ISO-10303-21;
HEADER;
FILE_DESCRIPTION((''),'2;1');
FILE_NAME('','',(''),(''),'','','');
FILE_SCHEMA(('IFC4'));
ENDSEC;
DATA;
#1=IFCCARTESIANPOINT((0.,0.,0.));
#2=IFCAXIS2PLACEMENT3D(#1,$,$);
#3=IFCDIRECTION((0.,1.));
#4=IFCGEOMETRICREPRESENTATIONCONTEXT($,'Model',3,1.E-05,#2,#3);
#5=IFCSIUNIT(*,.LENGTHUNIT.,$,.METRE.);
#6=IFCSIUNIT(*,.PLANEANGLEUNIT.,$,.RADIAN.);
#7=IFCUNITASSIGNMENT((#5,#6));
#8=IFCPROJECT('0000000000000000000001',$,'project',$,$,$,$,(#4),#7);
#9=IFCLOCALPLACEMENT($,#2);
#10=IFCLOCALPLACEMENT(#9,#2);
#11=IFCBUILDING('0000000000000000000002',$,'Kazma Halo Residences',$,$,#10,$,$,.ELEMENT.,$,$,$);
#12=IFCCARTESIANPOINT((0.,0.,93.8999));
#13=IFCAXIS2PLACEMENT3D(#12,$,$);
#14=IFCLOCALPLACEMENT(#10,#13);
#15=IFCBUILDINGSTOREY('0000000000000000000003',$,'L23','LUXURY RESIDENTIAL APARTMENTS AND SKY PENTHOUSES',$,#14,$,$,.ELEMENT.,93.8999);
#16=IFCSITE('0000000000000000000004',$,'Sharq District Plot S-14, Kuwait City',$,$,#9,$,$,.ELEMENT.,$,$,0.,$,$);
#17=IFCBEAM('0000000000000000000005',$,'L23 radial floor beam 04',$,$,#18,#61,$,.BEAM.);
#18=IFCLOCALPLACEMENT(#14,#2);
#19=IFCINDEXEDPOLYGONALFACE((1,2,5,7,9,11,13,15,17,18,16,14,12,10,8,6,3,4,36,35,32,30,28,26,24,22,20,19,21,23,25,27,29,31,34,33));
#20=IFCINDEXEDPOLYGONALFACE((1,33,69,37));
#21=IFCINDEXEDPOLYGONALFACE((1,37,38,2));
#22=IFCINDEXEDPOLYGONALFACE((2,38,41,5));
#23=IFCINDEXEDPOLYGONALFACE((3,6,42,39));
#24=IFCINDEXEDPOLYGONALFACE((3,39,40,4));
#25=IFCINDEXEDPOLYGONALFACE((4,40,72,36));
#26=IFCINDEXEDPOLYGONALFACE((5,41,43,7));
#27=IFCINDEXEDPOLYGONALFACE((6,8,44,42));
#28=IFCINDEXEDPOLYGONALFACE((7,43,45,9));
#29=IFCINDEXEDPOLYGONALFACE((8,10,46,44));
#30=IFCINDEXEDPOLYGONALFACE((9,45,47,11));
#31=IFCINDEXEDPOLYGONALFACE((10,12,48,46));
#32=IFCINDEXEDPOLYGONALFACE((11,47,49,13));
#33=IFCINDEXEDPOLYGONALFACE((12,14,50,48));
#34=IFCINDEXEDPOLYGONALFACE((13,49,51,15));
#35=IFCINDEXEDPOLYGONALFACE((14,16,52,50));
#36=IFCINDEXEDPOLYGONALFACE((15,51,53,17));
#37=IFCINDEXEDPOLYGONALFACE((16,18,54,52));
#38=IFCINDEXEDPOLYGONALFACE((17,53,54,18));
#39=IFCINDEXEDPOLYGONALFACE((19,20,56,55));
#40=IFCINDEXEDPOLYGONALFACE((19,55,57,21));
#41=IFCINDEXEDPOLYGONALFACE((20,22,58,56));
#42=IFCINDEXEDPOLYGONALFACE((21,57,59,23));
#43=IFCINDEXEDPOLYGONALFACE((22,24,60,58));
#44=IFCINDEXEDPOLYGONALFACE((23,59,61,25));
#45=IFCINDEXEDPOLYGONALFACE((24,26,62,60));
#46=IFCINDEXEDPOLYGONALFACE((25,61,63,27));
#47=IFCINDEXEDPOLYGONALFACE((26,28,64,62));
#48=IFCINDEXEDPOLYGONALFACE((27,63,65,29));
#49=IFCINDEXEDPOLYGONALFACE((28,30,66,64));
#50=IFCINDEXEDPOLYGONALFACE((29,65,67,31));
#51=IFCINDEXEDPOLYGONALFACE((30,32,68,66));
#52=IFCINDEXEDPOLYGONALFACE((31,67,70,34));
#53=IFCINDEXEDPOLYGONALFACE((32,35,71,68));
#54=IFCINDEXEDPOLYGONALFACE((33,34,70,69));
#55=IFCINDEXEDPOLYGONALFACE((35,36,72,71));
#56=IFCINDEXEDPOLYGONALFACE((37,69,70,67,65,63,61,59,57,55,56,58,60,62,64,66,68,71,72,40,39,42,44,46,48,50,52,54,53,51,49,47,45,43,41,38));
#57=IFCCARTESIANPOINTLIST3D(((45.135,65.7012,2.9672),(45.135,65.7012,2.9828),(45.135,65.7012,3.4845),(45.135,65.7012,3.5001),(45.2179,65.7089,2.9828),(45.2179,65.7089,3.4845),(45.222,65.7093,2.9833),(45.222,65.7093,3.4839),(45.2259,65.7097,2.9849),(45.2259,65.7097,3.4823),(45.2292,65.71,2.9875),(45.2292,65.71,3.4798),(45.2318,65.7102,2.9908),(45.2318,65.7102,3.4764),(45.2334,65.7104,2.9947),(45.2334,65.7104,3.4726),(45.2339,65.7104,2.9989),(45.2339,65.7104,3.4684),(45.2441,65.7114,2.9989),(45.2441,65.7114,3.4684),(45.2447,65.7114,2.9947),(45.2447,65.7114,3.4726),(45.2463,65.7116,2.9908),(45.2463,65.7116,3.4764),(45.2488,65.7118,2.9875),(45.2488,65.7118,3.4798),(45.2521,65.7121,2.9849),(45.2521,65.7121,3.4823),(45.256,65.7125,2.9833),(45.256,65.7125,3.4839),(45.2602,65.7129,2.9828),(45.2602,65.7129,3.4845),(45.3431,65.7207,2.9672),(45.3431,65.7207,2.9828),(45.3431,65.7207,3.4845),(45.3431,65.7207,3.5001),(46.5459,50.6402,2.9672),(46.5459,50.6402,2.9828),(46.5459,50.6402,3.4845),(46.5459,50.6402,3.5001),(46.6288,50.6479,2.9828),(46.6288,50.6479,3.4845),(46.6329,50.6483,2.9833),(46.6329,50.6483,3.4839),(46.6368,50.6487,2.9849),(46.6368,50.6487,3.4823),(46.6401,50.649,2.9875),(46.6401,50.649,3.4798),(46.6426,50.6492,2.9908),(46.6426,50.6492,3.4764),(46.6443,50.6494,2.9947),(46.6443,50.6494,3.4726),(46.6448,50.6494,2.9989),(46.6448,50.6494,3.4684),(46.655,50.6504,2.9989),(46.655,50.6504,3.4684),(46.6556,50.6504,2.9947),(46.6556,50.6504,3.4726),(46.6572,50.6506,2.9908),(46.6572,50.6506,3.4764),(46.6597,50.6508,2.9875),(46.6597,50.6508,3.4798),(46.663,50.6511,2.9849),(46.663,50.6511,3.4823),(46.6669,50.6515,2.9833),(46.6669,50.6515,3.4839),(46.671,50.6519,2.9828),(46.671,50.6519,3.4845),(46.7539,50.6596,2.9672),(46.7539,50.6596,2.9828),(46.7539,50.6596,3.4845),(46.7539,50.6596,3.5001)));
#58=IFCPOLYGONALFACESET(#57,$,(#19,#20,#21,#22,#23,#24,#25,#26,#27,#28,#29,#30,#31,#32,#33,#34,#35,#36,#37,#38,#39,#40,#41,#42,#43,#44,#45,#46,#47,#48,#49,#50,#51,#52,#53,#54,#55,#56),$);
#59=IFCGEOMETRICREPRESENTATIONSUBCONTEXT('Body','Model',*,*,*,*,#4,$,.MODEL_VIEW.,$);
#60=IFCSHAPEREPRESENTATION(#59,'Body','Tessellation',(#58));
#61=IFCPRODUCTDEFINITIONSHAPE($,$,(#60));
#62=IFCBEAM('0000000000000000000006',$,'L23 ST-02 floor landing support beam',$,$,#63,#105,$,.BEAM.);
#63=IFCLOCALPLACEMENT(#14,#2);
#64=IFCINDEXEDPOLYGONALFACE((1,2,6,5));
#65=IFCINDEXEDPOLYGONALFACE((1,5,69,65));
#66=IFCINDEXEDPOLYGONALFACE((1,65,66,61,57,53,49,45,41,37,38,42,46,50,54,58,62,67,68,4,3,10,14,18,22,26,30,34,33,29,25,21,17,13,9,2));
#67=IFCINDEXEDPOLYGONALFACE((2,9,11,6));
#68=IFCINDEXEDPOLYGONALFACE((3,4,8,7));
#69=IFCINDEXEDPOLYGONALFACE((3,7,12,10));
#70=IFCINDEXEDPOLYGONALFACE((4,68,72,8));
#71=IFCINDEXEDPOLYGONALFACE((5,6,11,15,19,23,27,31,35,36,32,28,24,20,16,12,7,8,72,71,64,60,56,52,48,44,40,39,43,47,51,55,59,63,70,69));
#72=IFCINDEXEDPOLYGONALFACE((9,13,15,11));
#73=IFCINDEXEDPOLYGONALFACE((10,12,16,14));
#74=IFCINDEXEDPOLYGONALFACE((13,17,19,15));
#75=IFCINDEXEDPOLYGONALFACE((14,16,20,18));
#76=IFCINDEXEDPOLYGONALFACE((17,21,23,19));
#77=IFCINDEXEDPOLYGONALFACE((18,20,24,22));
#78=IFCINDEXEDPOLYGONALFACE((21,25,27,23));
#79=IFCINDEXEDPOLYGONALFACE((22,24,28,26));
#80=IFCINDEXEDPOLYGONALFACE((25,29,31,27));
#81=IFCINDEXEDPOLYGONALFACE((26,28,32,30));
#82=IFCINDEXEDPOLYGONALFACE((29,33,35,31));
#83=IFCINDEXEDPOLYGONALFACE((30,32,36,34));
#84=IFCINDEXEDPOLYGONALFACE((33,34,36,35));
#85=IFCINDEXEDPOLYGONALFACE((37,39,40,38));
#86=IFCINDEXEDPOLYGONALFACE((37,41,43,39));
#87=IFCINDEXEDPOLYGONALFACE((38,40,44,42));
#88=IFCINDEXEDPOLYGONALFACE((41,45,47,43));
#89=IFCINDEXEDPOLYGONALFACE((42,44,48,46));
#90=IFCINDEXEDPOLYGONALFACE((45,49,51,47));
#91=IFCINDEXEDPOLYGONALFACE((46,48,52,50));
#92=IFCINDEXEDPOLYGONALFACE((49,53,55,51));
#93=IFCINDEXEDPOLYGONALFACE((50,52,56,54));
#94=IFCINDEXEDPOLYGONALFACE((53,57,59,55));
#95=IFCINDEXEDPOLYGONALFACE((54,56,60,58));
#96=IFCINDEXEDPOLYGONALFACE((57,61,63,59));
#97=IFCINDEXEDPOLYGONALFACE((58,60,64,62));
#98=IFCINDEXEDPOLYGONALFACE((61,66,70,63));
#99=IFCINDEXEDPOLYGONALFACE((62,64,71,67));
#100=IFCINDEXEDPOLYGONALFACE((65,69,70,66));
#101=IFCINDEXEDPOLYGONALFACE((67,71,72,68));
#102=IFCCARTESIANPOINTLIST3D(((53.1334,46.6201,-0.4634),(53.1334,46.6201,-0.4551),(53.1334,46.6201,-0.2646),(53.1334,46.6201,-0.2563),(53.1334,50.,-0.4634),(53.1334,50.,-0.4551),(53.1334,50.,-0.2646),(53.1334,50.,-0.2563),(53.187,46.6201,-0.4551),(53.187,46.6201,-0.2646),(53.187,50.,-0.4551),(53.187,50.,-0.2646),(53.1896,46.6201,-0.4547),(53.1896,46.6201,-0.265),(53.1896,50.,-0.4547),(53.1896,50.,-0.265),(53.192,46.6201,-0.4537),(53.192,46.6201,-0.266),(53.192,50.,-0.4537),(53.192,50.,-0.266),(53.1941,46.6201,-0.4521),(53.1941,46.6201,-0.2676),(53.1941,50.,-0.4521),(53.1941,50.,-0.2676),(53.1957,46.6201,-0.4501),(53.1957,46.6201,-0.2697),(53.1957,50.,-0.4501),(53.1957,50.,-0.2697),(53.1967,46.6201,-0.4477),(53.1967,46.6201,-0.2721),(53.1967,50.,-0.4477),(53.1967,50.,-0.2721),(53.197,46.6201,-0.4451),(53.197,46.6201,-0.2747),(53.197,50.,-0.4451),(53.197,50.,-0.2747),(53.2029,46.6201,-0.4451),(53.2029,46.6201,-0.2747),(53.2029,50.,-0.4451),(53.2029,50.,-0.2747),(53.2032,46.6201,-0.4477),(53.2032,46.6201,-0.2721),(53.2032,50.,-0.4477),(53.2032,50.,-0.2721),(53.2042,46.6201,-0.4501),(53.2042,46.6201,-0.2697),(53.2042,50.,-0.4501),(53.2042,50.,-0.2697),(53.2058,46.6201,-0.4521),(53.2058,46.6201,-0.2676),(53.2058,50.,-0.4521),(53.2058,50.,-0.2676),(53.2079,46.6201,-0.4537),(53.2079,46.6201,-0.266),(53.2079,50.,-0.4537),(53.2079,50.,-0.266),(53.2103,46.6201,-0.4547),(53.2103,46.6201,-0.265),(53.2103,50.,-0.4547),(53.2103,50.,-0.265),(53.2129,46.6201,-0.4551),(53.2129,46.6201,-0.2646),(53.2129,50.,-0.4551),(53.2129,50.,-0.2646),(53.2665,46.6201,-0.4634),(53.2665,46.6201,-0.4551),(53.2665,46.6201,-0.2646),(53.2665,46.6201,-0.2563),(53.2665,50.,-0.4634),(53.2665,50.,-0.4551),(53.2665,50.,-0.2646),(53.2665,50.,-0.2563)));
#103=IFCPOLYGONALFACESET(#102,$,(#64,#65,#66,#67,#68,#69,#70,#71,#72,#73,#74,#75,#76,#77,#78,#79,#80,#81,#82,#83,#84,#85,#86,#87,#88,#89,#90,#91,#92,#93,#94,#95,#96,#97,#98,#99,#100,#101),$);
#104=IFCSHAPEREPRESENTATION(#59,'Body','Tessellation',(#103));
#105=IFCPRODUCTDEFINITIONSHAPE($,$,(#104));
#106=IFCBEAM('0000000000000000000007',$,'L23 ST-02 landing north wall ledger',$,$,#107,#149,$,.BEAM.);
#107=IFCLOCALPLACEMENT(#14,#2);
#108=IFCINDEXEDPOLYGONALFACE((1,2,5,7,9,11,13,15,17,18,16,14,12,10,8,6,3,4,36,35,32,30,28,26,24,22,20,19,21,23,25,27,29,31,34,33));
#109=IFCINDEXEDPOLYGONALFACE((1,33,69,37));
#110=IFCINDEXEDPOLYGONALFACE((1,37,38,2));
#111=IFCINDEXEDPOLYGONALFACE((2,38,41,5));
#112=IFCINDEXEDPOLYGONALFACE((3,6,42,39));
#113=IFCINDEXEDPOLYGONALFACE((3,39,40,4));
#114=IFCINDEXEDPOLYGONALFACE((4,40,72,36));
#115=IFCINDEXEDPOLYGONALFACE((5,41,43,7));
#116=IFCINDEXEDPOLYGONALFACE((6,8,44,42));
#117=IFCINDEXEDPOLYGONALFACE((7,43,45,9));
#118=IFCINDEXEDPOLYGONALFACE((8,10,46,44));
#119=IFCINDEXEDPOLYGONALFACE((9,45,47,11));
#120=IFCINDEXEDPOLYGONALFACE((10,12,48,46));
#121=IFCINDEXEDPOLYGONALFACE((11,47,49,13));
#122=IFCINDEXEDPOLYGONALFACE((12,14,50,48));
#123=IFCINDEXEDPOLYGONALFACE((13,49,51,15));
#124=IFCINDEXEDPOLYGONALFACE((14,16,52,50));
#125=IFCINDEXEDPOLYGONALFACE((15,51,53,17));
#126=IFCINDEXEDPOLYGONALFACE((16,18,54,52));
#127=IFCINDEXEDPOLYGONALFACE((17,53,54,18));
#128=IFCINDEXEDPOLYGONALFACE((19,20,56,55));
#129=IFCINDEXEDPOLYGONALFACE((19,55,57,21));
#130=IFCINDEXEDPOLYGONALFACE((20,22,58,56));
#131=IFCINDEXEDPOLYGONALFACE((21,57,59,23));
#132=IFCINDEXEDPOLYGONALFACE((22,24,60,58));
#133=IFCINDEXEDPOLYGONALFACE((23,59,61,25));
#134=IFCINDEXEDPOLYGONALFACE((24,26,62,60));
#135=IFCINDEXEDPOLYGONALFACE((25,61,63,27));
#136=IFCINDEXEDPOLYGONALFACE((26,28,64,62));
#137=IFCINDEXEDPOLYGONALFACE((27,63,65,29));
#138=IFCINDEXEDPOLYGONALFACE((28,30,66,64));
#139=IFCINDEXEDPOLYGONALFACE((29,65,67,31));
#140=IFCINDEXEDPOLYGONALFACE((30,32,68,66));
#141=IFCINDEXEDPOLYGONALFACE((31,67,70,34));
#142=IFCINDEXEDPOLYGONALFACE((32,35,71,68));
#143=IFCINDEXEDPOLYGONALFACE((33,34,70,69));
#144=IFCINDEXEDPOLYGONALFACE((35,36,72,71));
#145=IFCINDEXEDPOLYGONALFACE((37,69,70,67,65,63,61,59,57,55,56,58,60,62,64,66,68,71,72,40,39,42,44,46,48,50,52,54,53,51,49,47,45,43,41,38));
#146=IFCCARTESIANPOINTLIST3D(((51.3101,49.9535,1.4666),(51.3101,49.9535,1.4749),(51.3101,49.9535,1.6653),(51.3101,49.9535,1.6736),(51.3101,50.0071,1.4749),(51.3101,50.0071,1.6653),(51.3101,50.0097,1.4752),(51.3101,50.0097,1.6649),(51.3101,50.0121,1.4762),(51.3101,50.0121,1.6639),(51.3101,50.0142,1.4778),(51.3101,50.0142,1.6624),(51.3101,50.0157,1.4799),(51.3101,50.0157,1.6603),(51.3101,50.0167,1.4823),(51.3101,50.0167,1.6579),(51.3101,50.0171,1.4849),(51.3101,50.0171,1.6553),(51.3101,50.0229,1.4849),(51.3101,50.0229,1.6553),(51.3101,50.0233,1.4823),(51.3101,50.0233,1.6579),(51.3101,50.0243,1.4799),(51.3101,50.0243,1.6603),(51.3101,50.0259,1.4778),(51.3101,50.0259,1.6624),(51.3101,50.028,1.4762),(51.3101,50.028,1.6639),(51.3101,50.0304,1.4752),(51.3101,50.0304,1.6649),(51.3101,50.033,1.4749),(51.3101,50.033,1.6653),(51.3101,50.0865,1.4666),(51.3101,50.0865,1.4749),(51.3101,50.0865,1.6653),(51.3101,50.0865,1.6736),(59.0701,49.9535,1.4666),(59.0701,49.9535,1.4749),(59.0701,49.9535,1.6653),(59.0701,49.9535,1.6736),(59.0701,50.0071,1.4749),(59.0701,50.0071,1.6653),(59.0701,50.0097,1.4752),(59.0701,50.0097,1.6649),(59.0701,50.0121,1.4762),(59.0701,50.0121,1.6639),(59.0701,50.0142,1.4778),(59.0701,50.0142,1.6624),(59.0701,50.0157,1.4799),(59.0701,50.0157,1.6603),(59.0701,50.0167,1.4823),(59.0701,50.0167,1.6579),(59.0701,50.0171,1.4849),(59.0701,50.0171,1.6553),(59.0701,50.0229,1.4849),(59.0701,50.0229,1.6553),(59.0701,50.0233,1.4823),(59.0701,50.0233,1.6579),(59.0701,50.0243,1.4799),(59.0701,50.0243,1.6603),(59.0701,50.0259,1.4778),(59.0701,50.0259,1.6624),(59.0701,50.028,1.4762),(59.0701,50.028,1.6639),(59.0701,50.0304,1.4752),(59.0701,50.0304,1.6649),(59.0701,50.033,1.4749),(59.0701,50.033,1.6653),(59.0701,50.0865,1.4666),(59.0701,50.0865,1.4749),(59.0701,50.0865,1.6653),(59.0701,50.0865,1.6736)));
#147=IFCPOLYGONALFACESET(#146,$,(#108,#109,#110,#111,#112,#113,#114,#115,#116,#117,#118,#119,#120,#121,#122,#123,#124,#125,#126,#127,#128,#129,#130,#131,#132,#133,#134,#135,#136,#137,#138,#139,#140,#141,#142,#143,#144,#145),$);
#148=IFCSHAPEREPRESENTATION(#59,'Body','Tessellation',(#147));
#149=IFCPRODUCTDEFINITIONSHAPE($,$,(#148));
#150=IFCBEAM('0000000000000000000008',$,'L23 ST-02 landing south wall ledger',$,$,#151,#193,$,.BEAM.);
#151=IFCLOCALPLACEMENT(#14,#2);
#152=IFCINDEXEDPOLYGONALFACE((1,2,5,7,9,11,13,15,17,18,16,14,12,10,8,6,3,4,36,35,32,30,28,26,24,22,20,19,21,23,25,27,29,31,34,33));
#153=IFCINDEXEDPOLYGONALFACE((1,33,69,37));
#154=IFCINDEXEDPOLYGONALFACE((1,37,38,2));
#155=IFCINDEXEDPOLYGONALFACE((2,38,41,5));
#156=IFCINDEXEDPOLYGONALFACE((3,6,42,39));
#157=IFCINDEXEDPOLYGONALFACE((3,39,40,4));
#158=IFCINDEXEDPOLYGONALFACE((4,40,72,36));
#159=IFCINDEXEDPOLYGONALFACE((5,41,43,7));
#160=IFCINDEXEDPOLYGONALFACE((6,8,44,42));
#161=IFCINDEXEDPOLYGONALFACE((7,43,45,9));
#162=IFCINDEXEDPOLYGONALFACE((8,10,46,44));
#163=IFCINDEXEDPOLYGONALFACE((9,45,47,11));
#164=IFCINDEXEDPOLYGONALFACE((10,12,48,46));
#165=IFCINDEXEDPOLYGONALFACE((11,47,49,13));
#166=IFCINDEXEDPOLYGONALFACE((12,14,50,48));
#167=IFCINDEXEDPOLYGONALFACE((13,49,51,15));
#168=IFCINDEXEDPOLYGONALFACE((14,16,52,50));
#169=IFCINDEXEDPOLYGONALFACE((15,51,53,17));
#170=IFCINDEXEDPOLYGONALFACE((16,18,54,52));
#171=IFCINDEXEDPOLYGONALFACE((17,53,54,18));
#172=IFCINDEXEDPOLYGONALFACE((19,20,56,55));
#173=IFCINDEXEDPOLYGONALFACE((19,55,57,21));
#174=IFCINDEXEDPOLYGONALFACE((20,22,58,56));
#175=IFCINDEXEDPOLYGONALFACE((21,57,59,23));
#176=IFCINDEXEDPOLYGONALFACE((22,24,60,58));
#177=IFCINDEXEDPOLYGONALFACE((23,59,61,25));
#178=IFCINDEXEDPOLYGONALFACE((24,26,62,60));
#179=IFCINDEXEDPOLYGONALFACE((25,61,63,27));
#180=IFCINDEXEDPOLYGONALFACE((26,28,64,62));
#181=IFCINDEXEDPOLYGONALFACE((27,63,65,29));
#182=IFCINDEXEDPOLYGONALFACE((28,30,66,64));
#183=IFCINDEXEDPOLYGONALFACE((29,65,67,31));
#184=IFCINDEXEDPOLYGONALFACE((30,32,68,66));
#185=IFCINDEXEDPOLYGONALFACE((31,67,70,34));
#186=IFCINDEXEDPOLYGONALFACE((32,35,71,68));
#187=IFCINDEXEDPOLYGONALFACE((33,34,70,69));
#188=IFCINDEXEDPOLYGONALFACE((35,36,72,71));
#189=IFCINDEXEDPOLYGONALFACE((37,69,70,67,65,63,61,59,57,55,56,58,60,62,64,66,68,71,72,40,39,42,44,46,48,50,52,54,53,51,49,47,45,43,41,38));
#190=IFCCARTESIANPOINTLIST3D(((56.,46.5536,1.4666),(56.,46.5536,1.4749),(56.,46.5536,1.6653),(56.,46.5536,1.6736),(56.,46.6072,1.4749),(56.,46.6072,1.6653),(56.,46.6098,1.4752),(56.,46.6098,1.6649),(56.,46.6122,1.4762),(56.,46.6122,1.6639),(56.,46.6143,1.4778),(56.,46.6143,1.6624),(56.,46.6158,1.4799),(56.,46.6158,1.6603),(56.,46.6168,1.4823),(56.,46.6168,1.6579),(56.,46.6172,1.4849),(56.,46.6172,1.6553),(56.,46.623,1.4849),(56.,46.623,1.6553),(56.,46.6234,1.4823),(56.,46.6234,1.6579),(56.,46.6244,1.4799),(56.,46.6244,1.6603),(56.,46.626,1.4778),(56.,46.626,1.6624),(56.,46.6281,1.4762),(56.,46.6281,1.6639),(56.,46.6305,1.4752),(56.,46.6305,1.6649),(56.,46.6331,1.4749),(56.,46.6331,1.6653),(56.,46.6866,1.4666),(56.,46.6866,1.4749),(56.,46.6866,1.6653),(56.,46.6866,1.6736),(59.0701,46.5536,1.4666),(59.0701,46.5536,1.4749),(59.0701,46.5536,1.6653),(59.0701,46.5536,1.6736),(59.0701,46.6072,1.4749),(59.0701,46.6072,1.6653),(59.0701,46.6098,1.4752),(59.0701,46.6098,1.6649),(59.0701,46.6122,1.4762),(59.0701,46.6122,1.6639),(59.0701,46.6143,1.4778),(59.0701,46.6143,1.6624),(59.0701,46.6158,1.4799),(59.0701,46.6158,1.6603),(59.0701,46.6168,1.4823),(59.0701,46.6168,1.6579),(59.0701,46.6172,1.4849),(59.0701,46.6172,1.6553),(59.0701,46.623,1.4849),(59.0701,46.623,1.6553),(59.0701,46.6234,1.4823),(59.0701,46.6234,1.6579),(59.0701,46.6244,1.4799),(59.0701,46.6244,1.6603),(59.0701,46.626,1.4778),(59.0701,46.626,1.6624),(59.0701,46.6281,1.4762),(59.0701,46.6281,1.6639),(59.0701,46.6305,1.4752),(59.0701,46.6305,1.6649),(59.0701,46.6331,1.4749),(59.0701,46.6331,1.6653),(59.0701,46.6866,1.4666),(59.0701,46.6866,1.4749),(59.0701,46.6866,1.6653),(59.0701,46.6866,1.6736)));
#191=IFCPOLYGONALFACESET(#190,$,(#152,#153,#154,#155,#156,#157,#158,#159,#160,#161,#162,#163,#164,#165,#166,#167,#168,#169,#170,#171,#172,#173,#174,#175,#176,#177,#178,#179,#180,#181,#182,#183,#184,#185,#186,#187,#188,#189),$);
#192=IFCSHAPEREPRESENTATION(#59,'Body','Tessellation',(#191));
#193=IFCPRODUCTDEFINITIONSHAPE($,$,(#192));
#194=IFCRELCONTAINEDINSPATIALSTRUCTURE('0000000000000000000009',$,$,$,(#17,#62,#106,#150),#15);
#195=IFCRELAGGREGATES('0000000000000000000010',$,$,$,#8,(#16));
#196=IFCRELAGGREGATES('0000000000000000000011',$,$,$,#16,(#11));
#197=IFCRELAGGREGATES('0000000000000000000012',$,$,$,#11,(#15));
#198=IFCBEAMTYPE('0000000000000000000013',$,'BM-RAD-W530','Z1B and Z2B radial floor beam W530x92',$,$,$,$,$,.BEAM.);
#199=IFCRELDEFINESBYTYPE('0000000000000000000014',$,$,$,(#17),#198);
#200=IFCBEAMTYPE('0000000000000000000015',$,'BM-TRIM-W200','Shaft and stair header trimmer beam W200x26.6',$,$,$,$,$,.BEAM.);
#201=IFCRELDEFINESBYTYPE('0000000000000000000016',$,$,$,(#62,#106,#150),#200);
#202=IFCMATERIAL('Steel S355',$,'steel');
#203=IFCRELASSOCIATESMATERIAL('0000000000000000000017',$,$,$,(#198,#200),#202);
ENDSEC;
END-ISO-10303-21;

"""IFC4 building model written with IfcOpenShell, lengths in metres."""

from ifc_helpers import new_model, si_unit, direction, frame, origin, origin_2d, place, context, subcontext, project, spatial, i_section, extrude, material, material_profile, profile_set, type_object, element, save


model = new_model("IFC4")

# Units and contexts
model_context = context("Model", 3, precision=1e-05, world=origin(), true_north=direction((0.0, 1.0)))
body_context = subcontext(model_context, "Body", "Model", "MODEL_VIEW")
ifc_project = project(units=[si_unit("LENGTHUNIT", "METRE"), si_unit("PLANEANGLEUNIT", "RADIAN")], contexts=[model_context])

# Site, building, storey
site_placement = place(None, origin())
site = spatial("IfcSite", under=ifc_project, at=site_placement, Name="Sharq District Plot S-14, Kuwait City", CompositionType="ELEMENT", RefElevation=0.0)
building_placement = place(site_placement, origin())
building = spatial("IfcBuilding", under=site, at=building_placement, Name="Kazma Halo Residences", CompositionType="ELEMENT")
storey_placement = place(building_placement, frame((0.0, 0.0, 93.8999)))
storey = spatial("IfcBuildingStorey", under=building, at=storey_placement, Name="L23", Description="LUXURY RESIDENTIAL APARTMENTS AND SKY PENTHOUSES", CompositionType="ELEMENT", Elevation=93.8999)

# Shared definitions
ifc_material_1 = material(Name="Steel S355", Category="steel")

# Beams
ifc_material_profile_1 = material_profile(ifc_material_1, i_section(OverallWidth=0.209, OverallDepth=0.533, WebThickness=0.0103, FlangeThickness=0.0156, FilletRadius=0.0161, at=origin_2d()), Name="W530x92")
ifc_profile_set_1 = profile_set([ifc_material_profile_1], Name="Steel S355")
beam_type_1 = type_object("IfcBeamType", Name="BM-RAD-W530", Description="Z1B and Z2B radial floor beam W530x92", PredefinedType="BEAM", material=ifc_profile_set_1)
beam_1_placement = place(storey_placement, frame((46.6499, 50.6499, 3.2336), z_axis=(-0.09327, 0.995641, 0.0), x_axis=(-0.995641, -0.09327, 0.0)))
element("IfcBeam", 1, at=beam_1_placement, inside=storey, type_object=beam_type_1, Name="L23 radial floor beam 04", PredefinedType="BEAM", context=body_context, shape_type="SweptSolid", body=[
    extrude(i_section(OverallWidth=0.209, OverallDepth=0.533, WebThickness=0.0103, FlangeThickness=0.0156, FilletRadius=0.0161, at=origin_2d()), origin(), (0.0, 0.0, 1.0), 15.127),
])
ifc_material_profile_2 = material_profile(ifc_material_1, i_section(OverallWidth=0.1331, OverallDepth=0.207, WebThickness=0.0059, FlangeThickness=0.0083, FilletRadius=0.01, at=origin_2d()), Name="W200x26.6")
ifc_profile_set_2 = profile_set([ifc_material_profile_2], Name="Steel S355")
beam_type_2 = type_object("IfcBeamType", Name="BM-TRIM-W200", Description="Shaft and stair header trimmer beam W200x26.6", PredefinedType="BEAM", material=ifc_profile_set_2)
beam_2_placement = place(storey_placement, frame((53.2, 46.6201, -0.3599), z_axis=(0.0, 1.0, 0.0), x_axis=(-1.0, 0.0, 0.0)))
element("IfcBeam", 2, at=beam_2_placement, inside=storey, type_object=beam_type_2, Name="L23 ST-02 floor landing support beam", PredefinedType="BEAM", context=body_context, shape_type="SweptSolid", body=[
    extrude(i_section(OverallWidth=0.1331, OverallDepth=0.207, WebThickness=0.0059, FlangeThickness=0.0083, FilletRadius=0.01, at=origin_2d()), origin(), (0.0, 0.0, 1.0), 3.3799),
])
beam_3_placement = place(storey_placement, frame((51.3101, 50.02, 1.5701), z_axis=(1.0, 0.0, 0.0), x_axis=(0.0, 1.0, 0.0)))
element("IfcBeam", 3, at=beam_3_placement, inside=storey, type_object=beam_type_2, Name="L23 ST-02 landing north wall ledger", PredefinedType="BEAM", context=body_context, shape_type="SweptSolid", body=[
    extrude(i_section(OverallWidth=0.1331, OverallDepth=0.207, WebThickness=0.0059, FlangeThickness=0.0083, FilletRadius=0.01, at=origin_2d()), origin(), (0.0, 0.0, 1.0), 7.76),
])
beam_4_placement = place(storey_placement, frame((56.0, 46.6201, 1.5701), z_axis=(1.0, 0.0, 0.0), x_axis=(0.0, 1.0, 0.0)))
element("IfcBeam", 4, at=beam_4_placement, inside=storey, type_object=beam_type_2, Name="L23 ST-02 landing south wall ledger", PredefinedType="BEAM", context=body_context, shape_type="SweptSolid", body=[
    extrude(i_section(OverallWidth=0.1331, OverallDepth=0.207, WebThickness=0.0059, FlangeThickness=0.0083, FilletRadius=0.01, at=origin_2d()), origin(), (0.0, 0.0, 1.0), 3.0701),
])

save(model, "model.ifc")
